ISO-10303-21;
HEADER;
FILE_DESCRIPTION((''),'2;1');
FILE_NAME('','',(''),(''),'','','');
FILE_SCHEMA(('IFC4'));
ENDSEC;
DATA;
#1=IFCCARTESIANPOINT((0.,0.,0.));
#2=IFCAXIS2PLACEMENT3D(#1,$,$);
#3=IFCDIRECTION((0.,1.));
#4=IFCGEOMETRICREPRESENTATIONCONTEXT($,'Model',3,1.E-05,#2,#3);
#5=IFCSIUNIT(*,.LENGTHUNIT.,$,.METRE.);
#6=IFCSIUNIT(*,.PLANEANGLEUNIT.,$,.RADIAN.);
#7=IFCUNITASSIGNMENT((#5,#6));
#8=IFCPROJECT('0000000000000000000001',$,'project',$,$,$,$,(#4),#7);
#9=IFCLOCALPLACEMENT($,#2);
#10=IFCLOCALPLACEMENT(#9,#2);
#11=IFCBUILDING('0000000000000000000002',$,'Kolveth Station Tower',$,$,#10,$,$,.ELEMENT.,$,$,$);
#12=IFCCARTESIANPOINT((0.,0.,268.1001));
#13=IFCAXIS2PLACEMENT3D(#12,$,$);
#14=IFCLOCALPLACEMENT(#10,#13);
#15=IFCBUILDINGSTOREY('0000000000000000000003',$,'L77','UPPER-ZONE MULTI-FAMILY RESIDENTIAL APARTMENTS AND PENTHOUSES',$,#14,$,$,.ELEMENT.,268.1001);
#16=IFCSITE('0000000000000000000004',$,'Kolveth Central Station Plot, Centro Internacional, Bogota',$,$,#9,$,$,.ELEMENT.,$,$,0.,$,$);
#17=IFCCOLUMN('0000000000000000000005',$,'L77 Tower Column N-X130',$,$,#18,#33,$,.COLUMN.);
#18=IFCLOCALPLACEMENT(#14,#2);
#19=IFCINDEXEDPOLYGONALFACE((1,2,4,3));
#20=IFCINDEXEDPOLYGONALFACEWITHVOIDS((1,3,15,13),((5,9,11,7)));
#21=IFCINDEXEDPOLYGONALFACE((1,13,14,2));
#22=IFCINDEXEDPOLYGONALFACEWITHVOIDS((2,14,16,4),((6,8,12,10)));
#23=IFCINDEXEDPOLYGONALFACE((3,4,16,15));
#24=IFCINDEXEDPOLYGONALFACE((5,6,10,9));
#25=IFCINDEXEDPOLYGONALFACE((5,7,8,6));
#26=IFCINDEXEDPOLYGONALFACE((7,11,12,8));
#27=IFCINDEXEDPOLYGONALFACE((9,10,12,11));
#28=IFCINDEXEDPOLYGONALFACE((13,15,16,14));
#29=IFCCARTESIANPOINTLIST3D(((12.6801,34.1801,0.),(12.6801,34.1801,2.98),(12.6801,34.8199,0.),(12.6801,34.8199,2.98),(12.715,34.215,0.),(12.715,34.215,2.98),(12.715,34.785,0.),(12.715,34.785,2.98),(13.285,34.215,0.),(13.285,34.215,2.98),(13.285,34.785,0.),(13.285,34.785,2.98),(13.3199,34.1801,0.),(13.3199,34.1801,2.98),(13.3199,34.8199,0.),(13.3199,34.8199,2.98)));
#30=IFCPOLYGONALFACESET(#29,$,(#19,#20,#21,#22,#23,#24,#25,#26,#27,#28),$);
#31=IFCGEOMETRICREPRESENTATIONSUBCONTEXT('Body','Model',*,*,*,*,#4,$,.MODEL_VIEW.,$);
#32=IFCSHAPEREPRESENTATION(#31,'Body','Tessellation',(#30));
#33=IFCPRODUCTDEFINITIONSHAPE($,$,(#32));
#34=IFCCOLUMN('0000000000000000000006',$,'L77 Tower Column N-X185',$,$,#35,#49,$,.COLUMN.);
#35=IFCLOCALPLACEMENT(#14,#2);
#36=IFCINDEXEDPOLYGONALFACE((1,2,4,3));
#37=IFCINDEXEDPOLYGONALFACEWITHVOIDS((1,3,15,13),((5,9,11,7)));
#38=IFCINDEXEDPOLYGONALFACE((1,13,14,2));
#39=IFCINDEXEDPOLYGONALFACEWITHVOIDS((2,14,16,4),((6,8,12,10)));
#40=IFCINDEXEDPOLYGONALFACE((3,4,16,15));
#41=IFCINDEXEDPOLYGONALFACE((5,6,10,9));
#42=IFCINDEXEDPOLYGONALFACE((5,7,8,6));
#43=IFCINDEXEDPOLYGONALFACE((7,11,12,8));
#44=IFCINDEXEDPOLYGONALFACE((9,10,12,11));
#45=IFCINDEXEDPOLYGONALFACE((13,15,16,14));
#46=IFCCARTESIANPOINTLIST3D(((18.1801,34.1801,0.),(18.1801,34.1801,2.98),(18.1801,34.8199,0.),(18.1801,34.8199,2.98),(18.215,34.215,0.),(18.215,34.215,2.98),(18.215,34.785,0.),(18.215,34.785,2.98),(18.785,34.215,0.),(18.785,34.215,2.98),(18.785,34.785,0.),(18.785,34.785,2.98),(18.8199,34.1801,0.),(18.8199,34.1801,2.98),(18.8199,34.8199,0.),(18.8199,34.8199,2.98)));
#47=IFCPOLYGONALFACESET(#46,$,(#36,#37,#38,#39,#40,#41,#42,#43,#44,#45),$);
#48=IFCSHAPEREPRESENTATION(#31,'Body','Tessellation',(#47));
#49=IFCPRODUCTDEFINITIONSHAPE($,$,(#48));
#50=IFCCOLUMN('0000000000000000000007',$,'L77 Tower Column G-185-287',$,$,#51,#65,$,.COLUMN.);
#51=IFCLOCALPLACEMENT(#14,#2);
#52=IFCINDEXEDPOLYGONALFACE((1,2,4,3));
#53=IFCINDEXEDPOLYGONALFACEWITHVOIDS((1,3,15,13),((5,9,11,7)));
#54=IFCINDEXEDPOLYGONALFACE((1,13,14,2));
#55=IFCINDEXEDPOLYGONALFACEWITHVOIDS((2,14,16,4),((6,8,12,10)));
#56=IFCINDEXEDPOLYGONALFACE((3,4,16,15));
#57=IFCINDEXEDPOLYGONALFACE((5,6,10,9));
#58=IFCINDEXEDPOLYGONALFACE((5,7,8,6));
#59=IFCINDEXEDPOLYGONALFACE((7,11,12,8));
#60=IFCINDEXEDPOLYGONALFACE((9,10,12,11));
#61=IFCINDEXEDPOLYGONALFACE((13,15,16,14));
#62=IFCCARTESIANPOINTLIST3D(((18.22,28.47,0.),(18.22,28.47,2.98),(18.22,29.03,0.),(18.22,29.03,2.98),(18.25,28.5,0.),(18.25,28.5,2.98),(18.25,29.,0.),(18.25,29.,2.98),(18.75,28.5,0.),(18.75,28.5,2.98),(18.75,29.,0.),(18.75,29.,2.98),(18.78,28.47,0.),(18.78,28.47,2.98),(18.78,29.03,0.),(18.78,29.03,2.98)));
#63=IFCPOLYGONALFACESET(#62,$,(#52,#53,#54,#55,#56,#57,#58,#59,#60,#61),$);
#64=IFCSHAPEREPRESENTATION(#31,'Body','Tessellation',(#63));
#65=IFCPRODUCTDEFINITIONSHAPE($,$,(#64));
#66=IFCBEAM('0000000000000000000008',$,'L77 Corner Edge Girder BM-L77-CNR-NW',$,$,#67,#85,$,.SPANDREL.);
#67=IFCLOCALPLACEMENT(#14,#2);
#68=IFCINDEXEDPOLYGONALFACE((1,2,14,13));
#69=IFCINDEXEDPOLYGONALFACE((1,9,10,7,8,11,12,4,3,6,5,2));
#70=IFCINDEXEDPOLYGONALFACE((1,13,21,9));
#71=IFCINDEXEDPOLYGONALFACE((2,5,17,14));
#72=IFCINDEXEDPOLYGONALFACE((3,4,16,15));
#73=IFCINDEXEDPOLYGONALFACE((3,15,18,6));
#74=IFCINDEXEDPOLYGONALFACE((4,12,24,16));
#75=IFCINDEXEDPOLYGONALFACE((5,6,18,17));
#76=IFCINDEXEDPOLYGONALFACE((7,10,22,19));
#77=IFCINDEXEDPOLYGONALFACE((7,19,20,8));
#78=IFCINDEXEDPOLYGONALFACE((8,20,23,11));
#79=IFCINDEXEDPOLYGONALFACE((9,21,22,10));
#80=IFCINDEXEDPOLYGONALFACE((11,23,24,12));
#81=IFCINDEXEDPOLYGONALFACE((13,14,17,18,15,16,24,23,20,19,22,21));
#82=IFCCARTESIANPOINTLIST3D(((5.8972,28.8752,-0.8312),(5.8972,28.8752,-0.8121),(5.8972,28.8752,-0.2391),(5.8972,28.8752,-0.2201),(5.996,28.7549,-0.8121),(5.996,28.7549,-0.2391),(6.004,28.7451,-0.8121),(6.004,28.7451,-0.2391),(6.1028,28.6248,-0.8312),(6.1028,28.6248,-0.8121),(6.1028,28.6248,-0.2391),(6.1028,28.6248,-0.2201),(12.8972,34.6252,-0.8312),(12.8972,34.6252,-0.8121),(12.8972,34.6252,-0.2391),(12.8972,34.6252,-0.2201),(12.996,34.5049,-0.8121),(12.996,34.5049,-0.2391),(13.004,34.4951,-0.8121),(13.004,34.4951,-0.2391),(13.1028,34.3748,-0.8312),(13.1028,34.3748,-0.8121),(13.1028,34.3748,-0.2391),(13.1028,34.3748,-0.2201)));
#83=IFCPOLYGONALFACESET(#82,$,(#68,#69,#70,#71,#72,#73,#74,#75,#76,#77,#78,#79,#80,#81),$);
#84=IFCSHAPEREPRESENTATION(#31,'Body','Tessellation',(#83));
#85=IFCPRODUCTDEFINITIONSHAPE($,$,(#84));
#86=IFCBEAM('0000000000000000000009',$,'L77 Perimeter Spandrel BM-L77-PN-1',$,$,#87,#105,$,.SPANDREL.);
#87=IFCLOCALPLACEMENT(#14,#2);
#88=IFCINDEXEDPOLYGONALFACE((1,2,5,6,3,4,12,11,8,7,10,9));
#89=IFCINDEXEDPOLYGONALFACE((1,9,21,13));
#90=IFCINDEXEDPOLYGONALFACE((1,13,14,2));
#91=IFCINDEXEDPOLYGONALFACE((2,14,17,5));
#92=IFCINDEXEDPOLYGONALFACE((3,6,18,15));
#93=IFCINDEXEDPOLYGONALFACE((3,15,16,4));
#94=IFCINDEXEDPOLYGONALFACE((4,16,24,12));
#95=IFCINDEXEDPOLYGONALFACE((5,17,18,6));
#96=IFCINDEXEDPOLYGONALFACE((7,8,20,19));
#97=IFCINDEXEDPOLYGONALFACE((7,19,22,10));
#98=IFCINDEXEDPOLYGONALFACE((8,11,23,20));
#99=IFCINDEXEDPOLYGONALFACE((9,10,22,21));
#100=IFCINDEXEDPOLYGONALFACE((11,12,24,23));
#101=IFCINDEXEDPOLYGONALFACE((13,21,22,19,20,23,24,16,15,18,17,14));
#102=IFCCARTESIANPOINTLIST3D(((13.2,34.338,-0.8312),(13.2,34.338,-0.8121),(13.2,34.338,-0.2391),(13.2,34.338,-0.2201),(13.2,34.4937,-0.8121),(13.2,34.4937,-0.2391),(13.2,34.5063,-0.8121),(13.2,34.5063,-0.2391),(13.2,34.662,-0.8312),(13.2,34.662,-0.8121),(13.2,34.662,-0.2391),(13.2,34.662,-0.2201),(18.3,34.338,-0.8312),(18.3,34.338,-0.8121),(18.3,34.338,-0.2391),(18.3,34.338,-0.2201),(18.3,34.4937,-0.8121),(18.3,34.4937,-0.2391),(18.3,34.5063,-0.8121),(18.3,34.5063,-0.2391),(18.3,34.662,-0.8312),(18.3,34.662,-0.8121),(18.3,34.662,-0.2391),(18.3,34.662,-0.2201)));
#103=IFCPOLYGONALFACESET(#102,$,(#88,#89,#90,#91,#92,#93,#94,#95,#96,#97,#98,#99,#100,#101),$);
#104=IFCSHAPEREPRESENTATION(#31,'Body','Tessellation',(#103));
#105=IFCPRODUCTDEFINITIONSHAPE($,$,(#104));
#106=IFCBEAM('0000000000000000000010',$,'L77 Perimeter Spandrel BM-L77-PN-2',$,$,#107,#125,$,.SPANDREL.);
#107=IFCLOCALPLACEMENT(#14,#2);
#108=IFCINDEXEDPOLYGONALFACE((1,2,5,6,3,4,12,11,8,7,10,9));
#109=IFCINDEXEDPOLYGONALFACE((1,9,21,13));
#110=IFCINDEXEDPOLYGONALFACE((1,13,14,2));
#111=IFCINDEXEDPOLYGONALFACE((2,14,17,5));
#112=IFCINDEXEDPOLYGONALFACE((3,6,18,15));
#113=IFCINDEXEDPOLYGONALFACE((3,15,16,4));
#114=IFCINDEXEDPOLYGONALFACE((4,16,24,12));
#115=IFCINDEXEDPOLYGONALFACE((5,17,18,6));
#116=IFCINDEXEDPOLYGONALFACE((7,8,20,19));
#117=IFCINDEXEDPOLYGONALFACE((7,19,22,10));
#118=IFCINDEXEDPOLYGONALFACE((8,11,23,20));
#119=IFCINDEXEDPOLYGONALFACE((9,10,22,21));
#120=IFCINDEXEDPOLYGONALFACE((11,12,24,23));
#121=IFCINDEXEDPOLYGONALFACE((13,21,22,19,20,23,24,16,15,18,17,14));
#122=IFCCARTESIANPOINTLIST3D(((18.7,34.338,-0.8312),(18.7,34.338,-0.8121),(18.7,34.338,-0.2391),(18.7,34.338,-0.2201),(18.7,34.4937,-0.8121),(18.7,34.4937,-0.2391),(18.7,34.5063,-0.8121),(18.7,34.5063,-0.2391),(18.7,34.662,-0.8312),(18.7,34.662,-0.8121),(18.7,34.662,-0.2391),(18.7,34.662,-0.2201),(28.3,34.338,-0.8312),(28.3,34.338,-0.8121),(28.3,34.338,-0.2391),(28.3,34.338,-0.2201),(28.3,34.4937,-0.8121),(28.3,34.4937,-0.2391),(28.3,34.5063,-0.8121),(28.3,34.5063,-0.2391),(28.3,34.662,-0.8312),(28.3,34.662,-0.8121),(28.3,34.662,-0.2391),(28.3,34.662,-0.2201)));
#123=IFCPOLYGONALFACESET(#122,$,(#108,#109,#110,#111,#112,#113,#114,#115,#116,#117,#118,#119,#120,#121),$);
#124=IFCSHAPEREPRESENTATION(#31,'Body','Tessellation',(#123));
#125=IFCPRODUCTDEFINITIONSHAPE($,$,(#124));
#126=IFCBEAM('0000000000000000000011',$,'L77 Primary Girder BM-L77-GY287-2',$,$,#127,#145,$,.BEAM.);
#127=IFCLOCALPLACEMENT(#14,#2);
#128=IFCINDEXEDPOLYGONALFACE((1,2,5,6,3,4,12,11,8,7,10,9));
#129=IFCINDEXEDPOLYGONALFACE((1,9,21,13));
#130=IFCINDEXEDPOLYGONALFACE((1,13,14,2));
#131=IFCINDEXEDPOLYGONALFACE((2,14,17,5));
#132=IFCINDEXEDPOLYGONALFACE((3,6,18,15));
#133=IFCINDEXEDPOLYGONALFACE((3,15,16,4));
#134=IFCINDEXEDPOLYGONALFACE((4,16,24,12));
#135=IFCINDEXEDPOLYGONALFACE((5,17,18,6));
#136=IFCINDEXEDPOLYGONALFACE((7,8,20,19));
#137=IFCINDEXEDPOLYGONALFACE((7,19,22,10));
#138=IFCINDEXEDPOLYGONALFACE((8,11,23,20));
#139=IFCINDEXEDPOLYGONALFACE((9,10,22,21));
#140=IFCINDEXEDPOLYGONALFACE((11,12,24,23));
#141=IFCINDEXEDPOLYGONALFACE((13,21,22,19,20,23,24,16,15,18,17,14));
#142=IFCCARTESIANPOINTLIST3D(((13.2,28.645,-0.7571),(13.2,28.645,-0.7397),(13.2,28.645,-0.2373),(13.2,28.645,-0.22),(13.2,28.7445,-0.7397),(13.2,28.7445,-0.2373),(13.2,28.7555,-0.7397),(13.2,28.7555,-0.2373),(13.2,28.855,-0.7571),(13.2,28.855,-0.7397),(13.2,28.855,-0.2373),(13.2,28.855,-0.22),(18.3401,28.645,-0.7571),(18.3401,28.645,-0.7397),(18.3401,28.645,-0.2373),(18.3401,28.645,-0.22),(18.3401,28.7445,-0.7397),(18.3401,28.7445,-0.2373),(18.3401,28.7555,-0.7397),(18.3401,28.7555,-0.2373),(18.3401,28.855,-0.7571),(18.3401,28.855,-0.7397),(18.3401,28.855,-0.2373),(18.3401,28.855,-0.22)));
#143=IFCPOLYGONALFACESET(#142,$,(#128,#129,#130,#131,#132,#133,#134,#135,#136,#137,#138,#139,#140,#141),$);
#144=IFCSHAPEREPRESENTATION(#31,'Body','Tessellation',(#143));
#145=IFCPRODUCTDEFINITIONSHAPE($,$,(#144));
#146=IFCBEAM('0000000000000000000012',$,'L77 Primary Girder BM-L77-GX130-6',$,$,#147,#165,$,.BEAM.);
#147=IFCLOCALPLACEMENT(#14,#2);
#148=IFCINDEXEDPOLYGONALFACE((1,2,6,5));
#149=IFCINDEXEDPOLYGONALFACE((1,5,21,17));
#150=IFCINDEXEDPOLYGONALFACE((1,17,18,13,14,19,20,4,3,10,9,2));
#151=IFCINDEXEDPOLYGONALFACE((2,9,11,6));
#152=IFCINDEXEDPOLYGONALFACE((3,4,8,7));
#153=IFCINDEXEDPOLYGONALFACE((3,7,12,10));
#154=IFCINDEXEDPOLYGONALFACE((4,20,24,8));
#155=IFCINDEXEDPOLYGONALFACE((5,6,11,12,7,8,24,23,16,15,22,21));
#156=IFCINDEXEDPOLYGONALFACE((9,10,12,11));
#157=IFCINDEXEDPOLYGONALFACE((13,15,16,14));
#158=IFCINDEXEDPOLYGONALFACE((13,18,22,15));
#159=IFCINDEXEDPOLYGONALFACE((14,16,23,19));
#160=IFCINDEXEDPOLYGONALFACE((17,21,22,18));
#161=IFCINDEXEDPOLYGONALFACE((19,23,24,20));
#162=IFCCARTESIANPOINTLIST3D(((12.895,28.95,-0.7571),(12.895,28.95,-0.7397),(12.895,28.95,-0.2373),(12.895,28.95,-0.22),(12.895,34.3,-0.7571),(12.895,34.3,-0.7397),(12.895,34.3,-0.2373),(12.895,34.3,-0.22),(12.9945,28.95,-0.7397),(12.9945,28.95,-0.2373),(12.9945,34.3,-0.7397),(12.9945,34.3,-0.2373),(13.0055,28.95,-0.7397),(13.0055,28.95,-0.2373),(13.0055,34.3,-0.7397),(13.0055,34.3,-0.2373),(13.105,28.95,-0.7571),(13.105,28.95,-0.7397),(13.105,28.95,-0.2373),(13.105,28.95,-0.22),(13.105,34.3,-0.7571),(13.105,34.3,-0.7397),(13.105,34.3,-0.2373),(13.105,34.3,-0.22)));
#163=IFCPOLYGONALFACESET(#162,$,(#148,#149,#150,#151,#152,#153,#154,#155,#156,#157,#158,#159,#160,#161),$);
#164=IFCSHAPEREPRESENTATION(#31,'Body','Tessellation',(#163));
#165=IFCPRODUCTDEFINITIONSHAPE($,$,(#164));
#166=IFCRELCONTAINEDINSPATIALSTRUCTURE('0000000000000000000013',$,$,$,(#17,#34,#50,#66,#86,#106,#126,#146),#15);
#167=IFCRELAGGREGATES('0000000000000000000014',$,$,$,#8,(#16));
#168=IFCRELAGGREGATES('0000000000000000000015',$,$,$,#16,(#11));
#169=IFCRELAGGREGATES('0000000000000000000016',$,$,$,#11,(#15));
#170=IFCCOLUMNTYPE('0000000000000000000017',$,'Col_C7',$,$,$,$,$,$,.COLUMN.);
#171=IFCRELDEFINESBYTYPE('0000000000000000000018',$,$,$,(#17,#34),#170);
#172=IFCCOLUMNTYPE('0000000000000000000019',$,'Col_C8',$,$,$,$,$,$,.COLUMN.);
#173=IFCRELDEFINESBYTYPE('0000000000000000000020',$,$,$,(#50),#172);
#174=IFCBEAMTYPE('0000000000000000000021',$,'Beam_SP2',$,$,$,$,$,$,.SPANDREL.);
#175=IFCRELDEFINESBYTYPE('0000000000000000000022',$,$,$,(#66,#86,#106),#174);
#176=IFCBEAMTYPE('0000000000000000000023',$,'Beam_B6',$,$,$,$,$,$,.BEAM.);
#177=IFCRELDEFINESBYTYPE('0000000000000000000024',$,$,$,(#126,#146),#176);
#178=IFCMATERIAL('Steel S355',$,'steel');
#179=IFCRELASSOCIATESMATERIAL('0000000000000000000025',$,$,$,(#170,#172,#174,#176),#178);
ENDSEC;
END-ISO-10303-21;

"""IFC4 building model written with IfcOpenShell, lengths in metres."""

from ifc_helpers import new_model, si_unit, direction, frame, origin, origin_2d, place, context, subcontext, project, spatial, hollow_rectangle, i_section, extrude, source, transform, mapped, material, material_profile, profile_set, type_object, element, save


model = new_model("IFC4")

# Units and contexts
model_context = context("Model", 3, precision=1e-05, world=origin(), true_north=direction((0.0, 1.0)))
body_context = subcontext(model_context, "Body", "Model", "MODEL_VIEW")
ifc_project = project(units=[si_unit("LENGTHUNIT", "METRE"), si_unit("PLANEANGLEUNIT", "RADIAN")], contexts=[model_context])

# Site, building, storey
site_placement = place(None, origin())
site = spatial("IfcSite", under=ifc_project, at=site_placement, Name="Kolveth Central Station Plot, Centro Internacional, Bogota", CompositionType="ELEMENT", RefElevation=0.0)
building_placement = place(site_placement, origin())
building = spatial("IfcBuilding", under=site, at=building_placement, Name="Kolveth Station Tower", CompositionType="ELEMENT")
storey_placement = place(building_placement, frame((0.0, 0.0, 268.1001)))
storey = spatial("IfcBuildingStorey", under=building, at=storey_placement, Name="L77", Description="UPPER-ZONE MULTI-FAMILY RESIDENTIAL APARTMENTS AND PENTHOUSES", CompositionType="ELEMENT", Elevation=268.1001)

# Columns
ifc_material_1 = material(Name="Steel S355", Category="steel")
ifc_material_profile_1 = material_profile(ifc_material_1, hollow_rectangle(XDim=0.6399, YDim=0.6399, WallThickness=0.0349, at=origin_2d()), Name="BOX640x640x35")
ifc_profile_set_1 = profile_set([ifc_material_profile_1], Name="Steel S355")
column_type_1 = type_object("IfcColumnType", Name="Col_C7", PredefinedType="COLUMN", material=ifc_profile_set_1)
shared_shape_1 = source(origin(), body_context, "Body", "SweptSolid", [
    extrude(hollow_rectangle(XDim=0.6399, YDim=0.6399, WallThickness=0.0349, at=origin_2d()), origin(), (0.0, 0.0, 1.0), 2.98),
])
for number, where, z_axis, x_axis, name in (
    (1, (13.0, 34.5, 0.0), (0.0, 0.0, 1.0), (1.0, 0.0, 0.0), "L77 Tower Column N-X130"),
    (2, (18.5, 34.5, 0.0), (0.0, 0.0, 1.0), (1.0, 0.0, 0.0), "L77 Tower Column N-X185"),
):
    element("IfcColumn", number, at=place(storey_placement, frame(where, z_axis=z_axis, x_axis=x_axis)), inside=storey, type_object=column_type_1, Name=name, PredefinedType="COLUMN", context=body_context, shape_type="MappedRepresentation", body=[
        mapped(shared_shape_1, transform((0.0, 0.0, 0.0), x_axis=(1.0, 0.0, 0.0), y_axis=(0.0, 1.0, 0.0), z_axis=(0.0, 0.0, 1.0), scale=1.0)),
    ])
ifc_material_profile_2 = material_profile(ifc_material_1, hollow_rectangle(XDim=0.5601, YDim=0.5601, WallThickness=0.03, at=origin_2d()), Name="BOX560x560x30")
ifc_profile_set_2 = profile_set([ifc_material_profile_2], Name="Steel S355")
column_type_2 = type_object("IfcColumnType", Name="Col_C8", PredefinedType="COLUMN", material=ifc_profile_set_2)
shared_shape_2 = source(origin(), body_context, "Body", "SweptSolid", [
    extrude(hollow_rectangle(XDim=0.5601, YDim=0.5601, WallThickness=0.03, at=origin_2d()), origin(), (0.0, 0.0, 1.0), 2.98),
])
column_placement = place(storey_placement, frame((18.5, 28.75, 0.0), z_axis=(0.0, 0.0, 1.0), x_axis=(1.0, 0.0, 0.0)))
element("IfcColumn", 3, at=column_placement, inside=storey, type_object=column_type_2, Name="L77 Tower Column G-185-287", PredefinedType="COLUMN", context=body_context, shape_type="MappedRepresentation", body=[
    mapped(shared_shape_2, transform((0.0, 0.0, 0.0), x_axis=(1.0, 0.0, 0.0), y_axis=(0.0, 1.0, 0.0), z_axis=(0.0, 0.0, 1.0), scale=1.0)),
])

# Beams
ifc_material_profile_3 = material_profile(ifc_material_1, i_section(OverallWidth=0.324, OverallDepth=0.6111, WebThickness=0.0127, FlangeThickness=0.019, at=origin_2d()), Name="W610x155")
ifc_profile_set_3 = profile_set([ifc_material_profile_3], Name="Steel S355")
beam_type_1 = type_object("IfcBeamType", Name="Beam_SP2", PredefinedType="SPANDREL", material=ifc_profile_set_3)
shared_shape_3 = source(origin(), body_context, "Body", "SweptSolid", [
    extrude(i_section(OverallWidth=0.324, OverallDepth=0.6111, WebThickness=0.0127, FlangeThickness=0.019, at=origin_2d()), origin(), (0.0, 0.0, 1.0), 9.0588),
])
beam_1_placement = place(storey_placement, frame((13.0, 34.5, -0.5256), z_axis=(-0.772726, -0.634739, 0.0), x_axis=(0.634739, -0.772726, 0.0)))
element("IfcBeam", 4, at=beam_1_placement, inside=storey, type_object=beam_type_1, Name="L77 Corner Edge Girder BM-L77-CNR-NW", PredefinedType="SPANDREL", context=body_context, shape_type="MappedRepresentation", body=[
    mapped(shared_shape_3, transform((0.0, 0.0, 0.0), x_axis=(1.0, 0.0, 0.0), y_axis=(0.0, 1.0, 0.0), z_axis=(0.0, 0.0, 1.0), scale=1.0)),
])
shared_shape_4 = source(origin(), body_context, "Body", "SweptSolid", [
    extrude(i_section(OverallWidth=0.324, OverallDepth=0.6111, WebThickness=0.0127, FlangeThickness=0.019, at=origin_2d()), origin(), (0.0, 0.0, 1.0), 5.1001),
])
beam_2_placement = place(storey_placement, frame((13.2, 34.5, -0.5256), z_axis=(1.0, 0.0, 0.0), x_axis=(0.0, 1.0, 0.0)))
element("IfcBeam", 5, at=beam_2_placement, inside=storey, type_object=beam_type_1, Name="L77 Perimeter Spandrel BM-L77-PN-1", PredefinedType="SPANDREL", context=body_context, shape_type="MappedRepresentation", body=[
    mapped(shared_shape_4, transform((0.0, 0.0, 0.0), x_axis=(1.0, 0.0, 0.0), y_axis=(0.0, 1.0, 0.0), z_axis=(0.0, 0.0, 1.0), scale=1.0)),
])
shared_shape_5 = source(origin(), body_context, "Body", "SweptSolid", [
    extrude(i_section(OverallWidth=0.324, OverallDepth=0.6111, WebThickness=0.0127, FlangeThickness=0.019, at=origin_2d()), origin(), (0.0, 0.0, 1.0), 9.6001),
])
beam_3_placement = place(storey_placement, frame((18.7, 34.5, -0.5256), z_axis=(1.0, 0.0, 0.0), x_axis=(0.0, 1.0, 0.0)))
element("IfcBeam", 6, at=beam_3_placement, inside=storey, type_object=beam_type_1, Name="L77 Perimeter Spandrel BM-L77-PN-2", PredefinedType="SPANDREL", context=body_context, shape_type="MappedRepresentation", body=[
    mapped(shared_shape_5, transform((0.0, 0.0, 0.0), x_axis=(1.0, 0.0, 0.0), y_axis=(0.0, 1.0, 0.0), z_axis=(0.0, 0.0, 1.0), scale=1.0)),
])
ifc_material_profile_4 = material_profile(ifc_material_1, i_section(OverallWidth=0.21, OverallDepth=0.5371, WebThickness=0.011, FlangeThickness=0.0173, at=origin_2d()), Name="W530x101")
ifc_profile_set_4 = profile_set([ifc_material_profile_4], Name="Steel S355")
beam_type_2 = type_object("IfcBeamType", Name="Beam_B6", PredefinedType="BEAM", material=ifc_profile_set_4)
shared_shape_6 = source(origin(), body_context, "Body", "SweptSolid", [
    extrude(i_section(OverallWidth=0.21, OverallDepth=0.5371, WebThickness=0.011, FlangeThickness=0.0173, at=origin_2d()), origin(), (0.0, 0.0, 1.0), 5.1401),
])
beam_4_placement = place(storey_placement, frame((13.2, 28.75, -0.4885), z_axis=(1.0, 0.0, 0.0), x_axis=(0.0, 1.0, 0.0)))
element("IfcBeam", 7, at=beam_4_placement, inside=storey, type_object=beam_type_2, Name="L77 Primary Girder BM-L77-GY287-2", PredefinedType="BEAM", context=body_context, shape_type="MappedRepresentation", body=[
    mapped(shared_shape_6, transform((0.0, 0.0, 0.0), x_axis=(1.0, 0.0, 0.0), y_axis=(0.0, 1.0, 0.0), z_axis=(0.0, 0.0, 1.0), scale=1.0)),
])
shared_shape_7 = source(origin(), body_context, "Body", "SweptSolid", [
    extrude(i_section(OverallWidth=0.21, OverallDepth=0.5371, WebThickness=0.011, FlangeThickness=0.0173, at=origin_2d()), origin(), (0.0, 0.0, 1.0), 5.3501),
])
beam_5_placement = place(storey_placement, frame((13.0, 28.95, -0.4885), z_axis=(0.0, 1.0, 0.0), x_axis=(-1.0, 0.0, 0.0)))
element("IfcBeam", 8, at=beam_5_placement, inside=storey, type_object=beam_type_2, Name="L77 Primary Girder BM-L77-GX130-6", PredefinedType="BEAM", context=body_context, shape_type="MappedRepresentation", body=[
    mapped(shared_shape_7, transform((0.0, 0.0, 0.0), x_axis=(1.0, 0.0, 0.0), y_axis=(0.0, 1.0, 0.0), z_axis=(0.0, 0.0, 1.0), scale=1.0)),
])

save(model, "model.ifc")
